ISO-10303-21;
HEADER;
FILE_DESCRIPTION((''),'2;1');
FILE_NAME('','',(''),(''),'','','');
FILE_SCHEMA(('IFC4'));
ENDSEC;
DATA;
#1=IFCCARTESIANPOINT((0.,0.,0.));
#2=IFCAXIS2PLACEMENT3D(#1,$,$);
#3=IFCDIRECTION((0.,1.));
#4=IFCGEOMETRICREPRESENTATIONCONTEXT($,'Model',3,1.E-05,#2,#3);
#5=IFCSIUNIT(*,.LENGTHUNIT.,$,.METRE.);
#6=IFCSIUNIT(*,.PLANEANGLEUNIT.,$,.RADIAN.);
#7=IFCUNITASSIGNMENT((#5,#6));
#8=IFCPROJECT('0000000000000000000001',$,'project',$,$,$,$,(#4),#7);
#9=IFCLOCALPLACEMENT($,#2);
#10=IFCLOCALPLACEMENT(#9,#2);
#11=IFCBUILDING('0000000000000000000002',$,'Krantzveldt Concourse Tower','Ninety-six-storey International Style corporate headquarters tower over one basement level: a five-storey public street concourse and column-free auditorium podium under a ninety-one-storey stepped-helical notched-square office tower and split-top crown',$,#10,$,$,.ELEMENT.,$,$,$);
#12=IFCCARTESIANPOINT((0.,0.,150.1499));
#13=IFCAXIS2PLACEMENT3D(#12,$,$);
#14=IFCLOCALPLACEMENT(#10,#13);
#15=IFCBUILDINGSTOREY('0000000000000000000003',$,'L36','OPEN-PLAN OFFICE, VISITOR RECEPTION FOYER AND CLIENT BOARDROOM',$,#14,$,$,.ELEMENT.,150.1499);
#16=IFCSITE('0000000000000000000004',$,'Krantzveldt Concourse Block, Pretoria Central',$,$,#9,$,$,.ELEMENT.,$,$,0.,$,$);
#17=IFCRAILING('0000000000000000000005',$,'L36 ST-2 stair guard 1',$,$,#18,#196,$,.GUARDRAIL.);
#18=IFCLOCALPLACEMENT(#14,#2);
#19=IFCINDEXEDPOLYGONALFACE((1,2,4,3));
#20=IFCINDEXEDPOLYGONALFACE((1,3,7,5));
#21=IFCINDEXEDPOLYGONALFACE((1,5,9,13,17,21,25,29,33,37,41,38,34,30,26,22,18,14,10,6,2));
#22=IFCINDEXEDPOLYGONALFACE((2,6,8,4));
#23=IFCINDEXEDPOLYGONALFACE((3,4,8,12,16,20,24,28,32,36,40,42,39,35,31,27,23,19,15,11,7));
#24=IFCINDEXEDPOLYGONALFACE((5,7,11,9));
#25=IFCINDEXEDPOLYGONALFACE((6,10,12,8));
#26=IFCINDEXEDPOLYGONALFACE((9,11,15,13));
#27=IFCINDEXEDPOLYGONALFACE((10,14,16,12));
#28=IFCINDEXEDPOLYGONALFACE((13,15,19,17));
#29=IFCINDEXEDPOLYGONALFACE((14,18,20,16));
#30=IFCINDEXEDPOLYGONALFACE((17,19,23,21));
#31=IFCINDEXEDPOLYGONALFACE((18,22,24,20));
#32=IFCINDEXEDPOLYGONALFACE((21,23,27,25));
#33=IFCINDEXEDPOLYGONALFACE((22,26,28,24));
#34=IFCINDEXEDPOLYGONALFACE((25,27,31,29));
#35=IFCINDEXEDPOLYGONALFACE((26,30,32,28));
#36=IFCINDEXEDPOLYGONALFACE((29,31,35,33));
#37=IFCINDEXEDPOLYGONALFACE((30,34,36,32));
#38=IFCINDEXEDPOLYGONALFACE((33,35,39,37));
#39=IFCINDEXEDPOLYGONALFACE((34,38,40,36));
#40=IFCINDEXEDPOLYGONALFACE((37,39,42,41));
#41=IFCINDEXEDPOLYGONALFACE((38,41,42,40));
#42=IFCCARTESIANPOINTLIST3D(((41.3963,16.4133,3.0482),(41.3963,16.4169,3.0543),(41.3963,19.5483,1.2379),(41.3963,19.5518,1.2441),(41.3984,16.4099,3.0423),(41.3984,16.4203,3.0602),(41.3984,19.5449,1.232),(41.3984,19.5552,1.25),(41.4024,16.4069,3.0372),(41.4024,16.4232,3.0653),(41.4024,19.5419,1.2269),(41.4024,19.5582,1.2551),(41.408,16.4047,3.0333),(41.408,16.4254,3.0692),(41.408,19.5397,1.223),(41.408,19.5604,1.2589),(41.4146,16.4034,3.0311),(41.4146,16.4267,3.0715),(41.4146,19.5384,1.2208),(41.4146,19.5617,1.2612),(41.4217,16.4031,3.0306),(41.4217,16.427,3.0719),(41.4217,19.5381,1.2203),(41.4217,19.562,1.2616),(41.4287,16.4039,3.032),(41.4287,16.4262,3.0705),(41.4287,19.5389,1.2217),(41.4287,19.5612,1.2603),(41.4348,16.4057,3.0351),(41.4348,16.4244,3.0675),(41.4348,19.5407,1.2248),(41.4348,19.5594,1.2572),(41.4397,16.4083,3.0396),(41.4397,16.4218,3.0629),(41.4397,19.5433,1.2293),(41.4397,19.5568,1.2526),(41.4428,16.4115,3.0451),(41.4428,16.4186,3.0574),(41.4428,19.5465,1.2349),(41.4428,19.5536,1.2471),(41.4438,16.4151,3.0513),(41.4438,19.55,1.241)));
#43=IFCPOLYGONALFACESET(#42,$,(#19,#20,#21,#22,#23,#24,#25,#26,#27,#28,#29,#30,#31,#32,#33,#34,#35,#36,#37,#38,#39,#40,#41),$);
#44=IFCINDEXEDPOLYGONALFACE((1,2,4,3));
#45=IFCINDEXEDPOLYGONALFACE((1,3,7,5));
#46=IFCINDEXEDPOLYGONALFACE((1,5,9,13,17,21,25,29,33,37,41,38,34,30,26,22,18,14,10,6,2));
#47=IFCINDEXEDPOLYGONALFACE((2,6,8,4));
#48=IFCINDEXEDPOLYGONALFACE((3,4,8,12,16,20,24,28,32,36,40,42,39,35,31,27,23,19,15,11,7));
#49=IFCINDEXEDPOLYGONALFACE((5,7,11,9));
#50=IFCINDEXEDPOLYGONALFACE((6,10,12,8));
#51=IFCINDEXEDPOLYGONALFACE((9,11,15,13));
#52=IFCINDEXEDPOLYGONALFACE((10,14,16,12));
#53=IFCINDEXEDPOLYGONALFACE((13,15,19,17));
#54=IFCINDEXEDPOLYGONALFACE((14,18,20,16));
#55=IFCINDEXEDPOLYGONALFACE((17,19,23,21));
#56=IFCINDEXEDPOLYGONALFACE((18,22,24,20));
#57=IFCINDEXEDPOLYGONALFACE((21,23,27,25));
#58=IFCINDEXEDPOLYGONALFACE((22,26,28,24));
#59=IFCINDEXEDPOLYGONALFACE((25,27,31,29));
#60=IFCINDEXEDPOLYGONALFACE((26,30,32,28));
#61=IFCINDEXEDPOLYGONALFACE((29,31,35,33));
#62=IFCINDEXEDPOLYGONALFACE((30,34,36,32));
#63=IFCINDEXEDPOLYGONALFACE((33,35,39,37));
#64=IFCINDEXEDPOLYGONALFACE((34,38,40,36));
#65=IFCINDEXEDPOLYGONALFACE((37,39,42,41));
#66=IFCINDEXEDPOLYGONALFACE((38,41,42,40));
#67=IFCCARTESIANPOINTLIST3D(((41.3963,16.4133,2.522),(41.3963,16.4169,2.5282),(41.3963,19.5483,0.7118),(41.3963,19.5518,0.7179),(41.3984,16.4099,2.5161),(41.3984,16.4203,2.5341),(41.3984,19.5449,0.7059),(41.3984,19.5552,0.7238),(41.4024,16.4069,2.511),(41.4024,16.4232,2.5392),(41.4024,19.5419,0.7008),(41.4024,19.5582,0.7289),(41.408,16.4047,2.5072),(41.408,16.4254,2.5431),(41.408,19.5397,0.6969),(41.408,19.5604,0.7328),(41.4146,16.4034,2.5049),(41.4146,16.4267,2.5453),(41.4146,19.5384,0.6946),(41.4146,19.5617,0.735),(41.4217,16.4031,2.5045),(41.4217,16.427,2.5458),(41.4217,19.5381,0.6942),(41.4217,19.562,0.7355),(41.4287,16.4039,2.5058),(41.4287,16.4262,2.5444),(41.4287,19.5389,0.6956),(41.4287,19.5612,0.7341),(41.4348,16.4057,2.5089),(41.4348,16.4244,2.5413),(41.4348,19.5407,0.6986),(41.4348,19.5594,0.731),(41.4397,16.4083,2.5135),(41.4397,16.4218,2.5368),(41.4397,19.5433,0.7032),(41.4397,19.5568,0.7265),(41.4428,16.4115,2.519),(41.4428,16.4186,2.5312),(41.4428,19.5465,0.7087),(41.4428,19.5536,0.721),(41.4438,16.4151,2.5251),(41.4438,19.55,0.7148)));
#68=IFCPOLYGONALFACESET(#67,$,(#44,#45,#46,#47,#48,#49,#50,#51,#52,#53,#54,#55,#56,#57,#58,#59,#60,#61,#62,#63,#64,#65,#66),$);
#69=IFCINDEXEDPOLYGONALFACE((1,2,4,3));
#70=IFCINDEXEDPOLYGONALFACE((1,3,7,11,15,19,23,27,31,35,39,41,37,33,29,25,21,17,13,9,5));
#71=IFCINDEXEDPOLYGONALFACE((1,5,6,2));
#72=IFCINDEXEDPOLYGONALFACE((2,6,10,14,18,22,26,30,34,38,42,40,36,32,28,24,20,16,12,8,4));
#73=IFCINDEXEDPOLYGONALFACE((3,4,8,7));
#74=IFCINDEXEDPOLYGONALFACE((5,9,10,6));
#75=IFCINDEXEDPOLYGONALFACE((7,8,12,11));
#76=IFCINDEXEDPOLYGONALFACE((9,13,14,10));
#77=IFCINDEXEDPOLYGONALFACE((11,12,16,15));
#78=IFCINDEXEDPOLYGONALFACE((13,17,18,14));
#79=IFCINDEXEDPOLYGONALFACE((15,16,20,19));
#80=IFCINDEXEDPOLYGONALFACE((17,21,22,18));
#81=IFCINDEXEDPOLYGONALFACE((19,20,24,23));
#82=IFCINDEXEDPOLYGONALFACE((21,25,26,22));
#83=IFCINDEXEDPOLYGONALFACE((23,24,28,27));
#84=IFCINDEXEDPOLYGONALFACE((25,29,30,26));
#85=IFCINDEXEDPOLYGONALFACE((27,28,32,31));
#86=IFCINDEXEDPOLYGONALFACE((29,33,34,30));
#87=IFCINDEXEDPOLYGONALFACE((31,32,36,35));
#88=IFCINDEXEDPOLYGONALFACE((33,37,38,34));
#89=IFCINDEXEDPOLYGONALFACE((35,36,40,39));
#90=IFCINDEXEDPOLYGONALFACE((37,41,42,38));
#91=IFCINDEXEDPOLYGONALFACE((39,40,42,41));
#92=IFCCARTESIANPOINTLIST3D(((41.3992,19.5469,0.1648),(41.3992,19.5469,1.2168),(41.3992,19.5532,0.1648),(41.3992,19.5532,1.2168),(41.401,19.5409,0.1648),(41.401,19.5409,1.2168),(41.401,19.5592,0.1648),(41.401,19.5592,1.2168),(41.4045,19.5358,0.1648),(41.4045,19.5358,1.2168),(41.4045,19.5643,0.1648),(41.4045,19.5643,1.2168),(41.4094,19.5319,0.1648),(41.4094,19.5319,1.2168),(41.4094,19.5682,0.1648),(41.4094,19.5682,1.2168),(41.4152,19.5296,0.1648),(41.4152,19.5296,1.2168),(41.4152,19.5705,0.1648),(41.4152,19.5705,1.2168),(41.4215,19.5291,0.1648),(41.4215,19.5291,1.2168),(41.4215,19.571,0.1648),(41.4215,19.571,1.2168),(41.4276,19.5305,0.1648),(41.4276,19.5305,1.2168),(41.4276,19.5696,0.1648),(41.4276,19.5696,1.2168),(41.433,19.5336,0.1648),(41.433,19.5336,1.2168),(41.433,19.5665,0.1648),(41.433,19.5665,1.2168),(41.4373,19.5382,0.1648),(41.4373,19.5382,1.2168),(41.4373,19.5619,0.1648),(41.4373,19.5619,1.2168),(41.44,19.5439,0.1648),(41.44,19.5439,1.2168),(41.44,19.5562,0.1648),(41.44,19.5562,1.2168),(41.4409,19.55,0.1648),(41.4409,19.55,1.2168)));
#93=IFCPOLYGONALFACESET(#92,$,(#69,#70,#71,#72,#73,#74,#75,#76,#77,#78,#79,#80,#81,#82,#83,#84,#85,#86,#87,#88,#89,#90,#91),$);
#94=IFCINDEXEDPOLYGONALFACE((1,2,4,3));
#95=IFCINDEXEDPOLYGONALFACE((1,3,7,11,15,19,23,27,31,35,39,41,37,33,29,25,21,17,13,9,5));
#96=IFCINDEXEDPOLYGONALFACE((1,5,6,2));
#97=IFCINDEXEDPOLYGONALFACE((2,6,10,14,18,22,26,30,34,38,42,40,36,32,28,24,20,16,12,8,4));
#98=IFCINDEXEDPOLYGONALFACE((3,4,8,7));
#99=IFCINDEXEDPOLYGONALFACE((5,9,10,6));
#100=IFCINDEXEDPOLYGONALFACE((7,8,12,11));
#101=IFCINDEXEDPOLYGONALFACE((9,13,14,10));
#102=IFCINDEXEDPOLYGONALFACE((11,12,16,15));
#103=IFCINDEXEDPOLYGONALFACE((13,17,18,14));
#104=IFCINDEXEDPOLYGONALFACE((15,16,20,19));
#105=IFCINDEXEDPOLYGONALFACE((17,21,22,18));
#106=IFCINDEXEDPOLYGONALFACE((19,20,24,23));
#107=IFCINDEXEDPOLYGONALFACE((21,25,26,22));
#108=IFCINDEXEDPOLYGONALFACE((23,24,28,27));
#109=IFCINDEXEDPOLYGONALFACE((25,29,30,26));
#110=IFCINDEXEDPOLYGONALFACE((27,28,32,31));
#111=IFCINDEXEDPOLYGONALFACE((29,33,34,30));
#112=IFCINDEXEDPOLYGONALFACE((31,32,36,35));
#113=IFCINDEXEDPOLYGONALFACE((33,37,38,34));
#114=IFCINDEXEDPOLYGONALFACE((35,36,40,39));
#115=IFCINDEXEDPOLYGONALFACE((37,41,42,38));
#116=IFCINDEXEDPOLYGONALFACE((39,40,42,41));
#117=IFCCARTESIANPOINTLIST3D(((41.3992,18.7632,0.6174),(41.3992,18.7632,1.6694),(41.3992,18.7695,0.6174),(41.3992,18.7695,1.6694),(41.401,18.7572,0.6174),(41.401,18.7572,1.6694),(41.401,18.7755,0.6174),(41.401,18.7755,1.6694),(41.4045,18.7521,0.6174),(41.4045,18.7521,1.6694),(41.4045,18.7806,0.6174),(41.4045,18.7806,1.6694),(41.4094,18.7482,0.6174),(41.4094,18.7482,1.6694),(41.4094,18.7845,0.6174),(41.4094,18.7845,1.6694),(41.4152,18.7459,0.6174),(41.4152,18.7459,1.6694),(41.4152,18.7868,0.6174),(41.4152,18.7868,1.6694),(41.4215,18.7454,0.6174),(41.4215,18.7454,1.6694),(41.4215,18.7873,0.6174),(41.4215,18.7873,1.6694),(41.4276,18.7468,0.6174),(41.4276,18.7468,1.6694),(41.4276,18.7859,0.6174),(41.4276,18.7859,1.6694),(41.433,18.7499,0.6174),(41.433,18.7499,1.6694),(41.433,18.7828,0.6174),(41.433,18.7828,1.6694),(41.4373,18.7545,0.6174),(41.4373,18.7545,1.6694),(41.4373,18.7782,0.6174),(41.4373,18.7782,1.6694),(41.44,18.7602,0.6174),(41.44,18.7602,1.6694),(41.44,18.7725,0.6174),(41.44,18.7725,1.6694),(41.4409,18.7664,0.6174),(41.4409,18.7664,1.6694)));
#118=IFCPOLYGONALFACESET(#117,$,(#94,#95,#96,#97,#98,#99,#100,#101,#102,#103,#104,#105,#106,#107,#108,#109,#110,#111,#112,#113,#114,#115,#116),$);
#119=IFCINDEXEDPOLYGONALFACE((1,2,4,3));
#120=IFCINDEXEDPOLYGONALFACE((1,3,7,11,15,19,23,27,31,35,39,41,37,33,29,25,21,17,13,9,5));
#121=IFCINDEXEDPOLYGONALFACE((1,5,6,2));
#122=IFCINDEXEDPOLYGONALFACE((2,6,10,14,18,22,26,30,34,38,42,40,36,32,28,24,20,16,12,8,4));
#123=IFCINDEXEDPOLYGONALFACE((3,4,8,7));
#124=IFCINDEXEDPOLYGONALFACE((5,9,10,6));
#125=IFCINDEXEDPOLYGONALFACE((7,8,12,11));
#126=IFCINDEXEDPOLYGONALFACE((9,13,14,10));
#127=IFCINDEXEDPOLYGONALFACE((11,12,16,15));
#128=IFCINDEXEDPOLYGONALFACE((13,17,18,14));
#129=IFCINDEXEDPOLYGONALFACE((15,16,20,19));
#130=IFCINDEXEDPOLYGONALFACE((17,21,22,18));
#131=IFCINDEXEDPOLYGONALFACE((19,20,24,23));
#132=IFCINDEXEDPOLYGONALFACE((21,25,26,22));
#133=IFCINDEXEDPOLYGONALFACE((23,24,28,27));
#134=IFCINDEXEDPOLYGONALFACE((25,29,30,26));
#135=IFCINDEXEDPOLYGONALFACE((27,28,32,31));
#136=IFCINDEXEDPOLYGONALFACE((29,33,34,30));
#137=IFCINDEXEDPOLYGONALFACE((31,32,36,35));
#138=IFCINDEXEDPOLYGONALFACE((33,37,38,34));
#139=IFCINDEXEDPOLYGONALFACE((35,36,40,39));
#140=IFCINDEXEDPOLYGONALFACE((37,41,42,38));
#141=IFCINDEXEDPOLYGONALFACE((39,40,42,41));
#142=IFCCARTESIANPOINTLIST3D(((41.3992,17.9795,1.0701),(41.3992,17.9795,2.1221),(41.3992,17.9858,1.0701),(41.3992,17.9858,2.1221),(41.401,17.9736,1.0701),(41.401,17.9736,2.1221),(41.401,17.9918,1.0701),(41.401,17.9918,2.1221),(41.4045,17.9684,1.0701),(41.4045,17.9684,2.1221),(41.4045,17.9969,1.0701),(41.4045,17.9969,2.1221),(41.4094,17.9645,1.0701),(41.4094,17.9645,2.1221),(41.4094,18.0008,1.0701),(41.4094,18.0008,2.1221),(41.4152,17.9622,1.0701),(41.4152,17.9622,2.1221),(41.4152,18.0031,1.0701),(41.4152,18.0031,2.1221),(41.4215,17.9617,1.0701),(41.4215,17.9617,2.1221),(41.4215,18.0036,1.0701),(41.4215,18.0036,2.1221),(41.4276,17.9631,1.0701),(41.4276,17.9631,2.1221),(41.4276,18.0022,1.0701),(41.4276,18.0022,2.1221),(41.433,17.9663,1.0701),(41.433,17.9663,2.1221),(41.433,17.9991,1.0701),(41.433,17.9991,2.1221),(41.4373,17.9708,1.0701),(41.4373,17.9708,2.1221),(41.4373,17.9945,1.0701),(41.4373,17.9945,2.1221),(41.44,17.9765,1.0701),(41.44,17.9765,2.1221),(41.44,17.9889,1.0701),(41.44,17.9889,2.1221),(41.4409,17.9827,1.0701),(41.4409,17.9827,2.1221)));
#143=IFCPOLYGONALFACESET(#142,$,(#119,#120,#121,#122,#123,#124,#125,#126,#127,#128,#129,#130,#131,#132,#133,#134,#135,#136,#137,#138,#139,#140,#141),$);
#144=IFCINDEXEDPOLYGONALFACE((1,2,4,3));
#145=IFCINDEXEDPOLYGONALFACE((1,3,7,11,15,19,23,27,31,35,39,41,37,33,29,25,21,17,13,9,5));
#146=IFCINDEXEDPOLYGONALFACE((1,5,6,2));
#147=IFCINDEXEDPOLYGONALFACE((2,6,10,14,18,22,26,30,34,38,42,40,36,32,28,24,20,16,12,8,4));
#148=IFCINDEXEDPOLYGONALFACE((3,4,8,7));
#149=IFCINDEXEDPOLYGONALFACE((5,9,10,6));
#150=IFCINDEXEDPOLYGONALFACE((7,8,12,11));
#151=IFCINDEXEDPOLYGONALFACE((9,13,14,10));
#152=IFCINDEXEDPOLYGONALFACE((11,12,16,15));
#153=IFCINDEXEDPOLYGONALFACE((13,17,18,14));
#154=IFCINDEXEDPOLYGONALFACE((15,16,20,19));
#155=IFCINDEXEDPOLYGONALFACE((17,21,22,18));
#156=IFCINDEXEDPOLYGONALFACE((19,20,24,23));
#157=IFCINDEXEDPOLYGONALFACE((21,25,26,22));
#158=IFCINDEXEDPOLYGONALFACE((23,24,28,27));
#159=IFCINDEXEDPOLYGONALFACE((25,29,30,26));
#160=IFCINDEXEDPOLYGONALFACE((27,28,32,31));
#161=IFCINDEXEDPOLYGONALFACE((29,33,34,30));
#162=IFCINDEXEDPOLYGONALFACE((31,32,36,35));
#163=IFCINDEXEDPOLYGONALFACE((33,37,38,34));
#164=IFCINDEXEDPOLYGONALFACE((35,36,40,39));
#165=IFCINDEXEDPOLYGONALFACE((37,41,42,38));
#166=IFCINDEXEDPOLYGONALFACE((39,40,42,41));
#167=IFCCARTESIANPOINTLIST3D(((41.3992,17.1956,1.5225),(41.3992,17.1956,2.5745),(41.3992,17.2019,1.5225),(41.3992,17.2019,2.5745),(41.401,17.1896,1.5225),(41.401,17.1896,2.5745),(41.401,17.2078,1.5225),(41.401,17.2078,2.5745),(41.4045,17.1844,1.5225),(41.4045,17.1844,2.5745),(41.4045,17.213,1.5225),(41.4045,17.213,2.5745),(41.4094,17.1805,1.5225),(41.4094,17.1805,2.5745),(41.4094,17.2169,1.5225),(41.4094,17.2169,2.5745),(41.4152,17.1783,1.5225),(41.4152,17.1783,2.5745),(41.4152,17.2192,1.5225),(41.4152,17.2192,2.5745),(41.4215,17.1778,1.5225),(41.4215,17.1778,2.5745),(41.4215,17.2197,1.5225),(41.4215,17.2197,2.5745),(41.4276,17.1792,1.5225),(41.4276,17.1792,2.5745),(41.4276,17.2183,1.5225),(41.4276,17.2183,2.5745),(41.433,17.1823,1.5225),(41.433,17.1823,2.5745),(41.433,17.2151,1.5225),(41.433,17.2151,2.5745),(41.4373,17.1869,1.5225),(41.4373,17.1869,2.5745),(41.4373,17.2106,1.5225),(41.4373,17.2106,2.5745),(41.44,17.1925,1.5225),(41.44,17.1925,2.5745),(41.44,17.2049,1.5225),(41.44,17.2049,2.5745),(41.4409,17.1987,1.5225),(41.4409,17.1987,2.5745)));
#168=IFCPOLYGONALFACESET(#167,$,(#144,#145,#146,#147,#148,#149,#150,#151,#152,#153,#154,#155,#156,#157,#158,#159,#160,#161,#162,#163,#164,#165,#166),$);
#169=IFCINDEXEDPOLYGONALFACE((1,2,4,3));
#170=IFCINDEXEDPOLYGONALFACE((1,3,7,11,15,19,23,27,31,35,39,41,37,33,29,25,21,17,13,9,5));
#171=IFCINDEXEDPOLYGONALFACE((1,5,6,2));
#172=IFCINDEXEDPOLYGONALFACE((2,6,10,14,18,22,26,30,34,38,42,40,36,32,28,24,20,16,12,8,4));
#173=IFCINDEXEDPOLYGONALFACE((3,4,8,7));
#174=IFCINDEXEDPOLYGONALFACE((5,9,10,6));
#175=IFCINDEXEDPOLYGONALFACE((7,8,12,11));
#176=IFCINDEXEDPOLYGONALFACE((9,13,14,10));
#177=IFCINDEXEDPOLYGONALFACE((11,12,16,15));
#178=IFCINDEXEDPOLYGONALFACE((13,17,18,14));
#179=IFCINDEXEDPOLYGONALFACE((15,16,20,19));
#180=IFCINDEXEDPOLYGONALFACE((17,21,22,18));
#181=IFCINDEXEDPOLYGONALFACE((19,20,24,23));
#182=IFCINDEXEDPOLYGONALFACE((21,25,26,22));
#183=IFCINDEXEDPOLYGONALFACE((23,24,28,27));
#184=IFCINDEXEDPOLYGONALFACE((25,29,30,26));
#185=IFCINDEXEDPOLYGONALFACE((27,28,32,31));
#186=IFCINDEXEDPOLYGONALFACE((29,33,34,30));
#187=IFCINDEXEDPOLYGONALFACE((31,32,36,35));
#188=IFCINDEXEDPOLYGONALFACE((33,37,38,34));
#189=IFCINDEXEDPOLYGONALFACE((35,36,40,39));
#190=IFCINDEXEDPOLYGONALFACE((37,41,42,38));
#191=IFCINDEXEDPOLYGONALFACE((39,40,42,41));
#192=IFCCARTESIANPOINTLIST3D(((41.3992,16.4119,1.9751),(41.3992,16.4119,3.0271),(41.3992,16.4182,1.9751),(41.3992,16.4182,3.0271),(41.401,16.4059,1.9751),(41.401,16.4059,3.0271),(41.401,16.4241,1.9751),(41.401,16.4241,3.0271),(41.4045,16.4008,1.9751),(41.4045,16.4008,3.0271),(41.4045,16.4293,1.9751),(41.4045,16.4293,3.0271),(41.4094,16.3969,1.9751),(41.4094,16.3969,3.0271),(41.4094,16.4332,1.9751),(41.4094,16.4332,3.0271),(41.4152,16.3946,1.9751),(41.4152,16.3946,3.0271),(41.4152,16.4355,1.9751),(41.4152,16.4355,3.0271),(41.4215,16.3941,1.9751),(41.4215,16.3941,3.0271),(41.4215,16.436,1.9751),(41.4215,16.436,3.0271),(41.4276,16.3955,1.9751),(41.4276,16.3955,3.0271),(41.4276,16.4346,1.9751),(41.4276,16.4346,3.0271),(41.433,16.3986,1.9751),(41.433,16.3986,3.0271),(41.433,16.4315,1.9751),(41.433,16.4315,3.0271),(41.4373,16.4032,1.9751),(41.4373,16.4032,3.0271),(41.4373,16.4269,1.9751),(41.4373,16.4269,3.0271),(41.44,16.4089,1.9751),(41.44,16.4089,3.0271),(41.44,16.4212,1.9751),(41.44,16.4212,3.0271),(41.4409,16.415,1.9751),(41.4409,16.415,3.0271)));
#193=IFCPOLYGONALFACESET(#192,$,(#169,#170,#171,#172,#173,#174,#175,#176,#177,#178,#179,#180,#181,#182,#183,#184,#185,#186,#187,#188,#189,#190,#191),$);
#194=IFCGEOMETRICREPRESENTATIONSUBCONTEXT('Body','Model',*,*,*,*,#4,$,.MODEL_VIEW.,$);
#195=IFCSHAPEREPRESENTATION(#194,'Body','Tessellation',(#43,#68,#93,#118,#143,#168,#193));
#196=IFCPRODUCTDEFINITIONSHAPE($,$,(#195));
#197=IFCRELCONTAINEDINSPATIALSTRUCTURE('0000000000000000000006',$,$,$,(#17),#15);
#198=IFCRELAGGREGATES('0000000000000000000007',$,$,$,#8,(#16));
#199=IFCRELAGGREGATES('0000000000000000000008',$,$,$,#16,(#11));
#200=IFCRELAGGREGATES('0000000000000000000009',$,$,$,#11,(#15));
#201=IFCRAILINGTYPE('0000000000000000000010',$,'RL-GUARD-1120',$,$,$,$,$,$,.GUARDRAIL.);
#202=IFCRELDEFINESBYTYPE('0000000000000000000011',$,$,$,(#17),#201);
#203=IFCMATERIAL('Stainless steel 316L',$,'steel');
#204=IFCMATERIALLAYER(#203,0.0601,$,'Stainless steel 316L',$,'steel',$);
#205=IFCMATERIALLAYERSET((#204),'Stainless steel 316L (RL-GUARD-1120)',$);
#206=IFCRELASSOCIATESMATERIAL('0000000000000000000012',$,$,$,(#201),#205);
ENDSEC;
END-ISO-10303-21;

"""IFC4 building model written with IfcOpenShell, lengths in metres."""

from ifc_helpers import new_model, si_unit, direction, frame, origin, origin_2d, place, context, subcontext, project, spatial, circle, extrude, material, layer, layer_set, type_object, element, save


model = new_model("IFC4")

# Units and contexts
model_context = context("Model", 3, precision=1e-05, world=origin(), true_north=direction((0.0, 1.0)))
body_context = subcontext(model_context, "Body", "Model", "MODEL_VIEW")
ifc_project = project(units=[si_unit("LENGTHUNIT", "METRE"), si_unit("PLANEANGLEUNIT", "RADIAN")], contexts=[model_context])

# Site, building, storey
site_placement = place(None, origin())
site = spatial("IfcSite", under=ifc_project, at=site_placement, Name="Krantzveldt Concourse Block, Pretoria Central", CompositionType="ELEMENT", RefElevation=0.0)
building_placement = place(site_placement, origin())
building = spatial("IfcBuilding", under=site, at=building_placement, Name="Krantzveldt Concourse Tower", Description="Ninety-six-storey International Style corporate headquarters tower over one basement level: a five-storey public street concourse and column-free auditorium podium under a ninety-one-storey stepped-helical notched-square office tower and split-top crown", CompositionType="ELEMENT")
storey_placement = place(building_placement, frame((0.0, 0.0, 150.1499)))
storey = spatial("IfcBuildingStorey", under=building, at=storey_placement, Name="L36", Description="OPEN-PLAN OFFICE, VISITOR RECEPTION FOYER AND CLIENT BOARDROOM", CompositionType="ELEMENT", Elevation=150.1499)

# Shared definitions
ifc_material_1 = material(Name="Stainless steel 316L", Category="steel")

# Railing
ifc_layer_1 = layer(ifc_material_1, 0.0601, Name="Stainless steel 316L", Category="steel")
ifc_layer_set_1 = layer_set([ifc_layer_1], Name="Stainless steel 316L (RL-GUARD-1120)")
railing_type_1 = type_object("IfcRailingType", Name="RL-GUARD-1120", PredefinedType="GUARDRAIL", material=ifc_layer_set_1)
railing_1_placement = place(storey_placement, frame((41.4199, 19.55, 0.1648)))
element("IfcRailing", 1, at=railing_1_placement, inside=storey, type_object=railing_type_1, Name="L36 ST-2 stair guard 1", PredefinedType="GUARDRAIL", context=body_context, shape_type="SweptSolid", body=[
    extrude(circle(Radius=0.0239, at=origin_2d()), frame((0.0, 0.0, 1.0762), z_axis=(0.0, -0.865989, 0.500063), x_axis=(1.0, 0.0, 0.0)), (0.0, 0.0, 1.0), 3.6201),
    extrude(circle(Radius=0.0239, at=origin_2d()), frame((0.0, 0.0, 0.55), z_axis=(0.0, -0.865989, 0.500063), x_axis=(1.0, 0.0, 0.0)), (0.0, 0.0, 1.0), 3.6201),
    extrude(circle(Radius=0.021, at=origin_2d()), origin(), (0.0, 0.0, 1.0), 1.052),
    extrude(circle(Radius=0.021, at=origin_2d()), frame((0.0, -0.7837, 0.4526)), (0.0, 0.0, 1.0), 1.052),
    extrude(circle(Radius=0.021, at=origin_2d()), frame((0.0, -1.5674, 0.9053)), (0.0, 0.0, 1.0), 1.052),
    extrude(circle(Radius=0.021, at=origin_2d()), frame((0.0, -2.3513, 1.3577)), (0.0, 0.0, 1.0), 1.052),
    extrude(circle(Radius=0.021, at=origin_2d()), frame((0.0, -3.135, 1.8103)), (0.0, 0.0, 1.0), 1.052),
])

save(model, "model.ifc")
